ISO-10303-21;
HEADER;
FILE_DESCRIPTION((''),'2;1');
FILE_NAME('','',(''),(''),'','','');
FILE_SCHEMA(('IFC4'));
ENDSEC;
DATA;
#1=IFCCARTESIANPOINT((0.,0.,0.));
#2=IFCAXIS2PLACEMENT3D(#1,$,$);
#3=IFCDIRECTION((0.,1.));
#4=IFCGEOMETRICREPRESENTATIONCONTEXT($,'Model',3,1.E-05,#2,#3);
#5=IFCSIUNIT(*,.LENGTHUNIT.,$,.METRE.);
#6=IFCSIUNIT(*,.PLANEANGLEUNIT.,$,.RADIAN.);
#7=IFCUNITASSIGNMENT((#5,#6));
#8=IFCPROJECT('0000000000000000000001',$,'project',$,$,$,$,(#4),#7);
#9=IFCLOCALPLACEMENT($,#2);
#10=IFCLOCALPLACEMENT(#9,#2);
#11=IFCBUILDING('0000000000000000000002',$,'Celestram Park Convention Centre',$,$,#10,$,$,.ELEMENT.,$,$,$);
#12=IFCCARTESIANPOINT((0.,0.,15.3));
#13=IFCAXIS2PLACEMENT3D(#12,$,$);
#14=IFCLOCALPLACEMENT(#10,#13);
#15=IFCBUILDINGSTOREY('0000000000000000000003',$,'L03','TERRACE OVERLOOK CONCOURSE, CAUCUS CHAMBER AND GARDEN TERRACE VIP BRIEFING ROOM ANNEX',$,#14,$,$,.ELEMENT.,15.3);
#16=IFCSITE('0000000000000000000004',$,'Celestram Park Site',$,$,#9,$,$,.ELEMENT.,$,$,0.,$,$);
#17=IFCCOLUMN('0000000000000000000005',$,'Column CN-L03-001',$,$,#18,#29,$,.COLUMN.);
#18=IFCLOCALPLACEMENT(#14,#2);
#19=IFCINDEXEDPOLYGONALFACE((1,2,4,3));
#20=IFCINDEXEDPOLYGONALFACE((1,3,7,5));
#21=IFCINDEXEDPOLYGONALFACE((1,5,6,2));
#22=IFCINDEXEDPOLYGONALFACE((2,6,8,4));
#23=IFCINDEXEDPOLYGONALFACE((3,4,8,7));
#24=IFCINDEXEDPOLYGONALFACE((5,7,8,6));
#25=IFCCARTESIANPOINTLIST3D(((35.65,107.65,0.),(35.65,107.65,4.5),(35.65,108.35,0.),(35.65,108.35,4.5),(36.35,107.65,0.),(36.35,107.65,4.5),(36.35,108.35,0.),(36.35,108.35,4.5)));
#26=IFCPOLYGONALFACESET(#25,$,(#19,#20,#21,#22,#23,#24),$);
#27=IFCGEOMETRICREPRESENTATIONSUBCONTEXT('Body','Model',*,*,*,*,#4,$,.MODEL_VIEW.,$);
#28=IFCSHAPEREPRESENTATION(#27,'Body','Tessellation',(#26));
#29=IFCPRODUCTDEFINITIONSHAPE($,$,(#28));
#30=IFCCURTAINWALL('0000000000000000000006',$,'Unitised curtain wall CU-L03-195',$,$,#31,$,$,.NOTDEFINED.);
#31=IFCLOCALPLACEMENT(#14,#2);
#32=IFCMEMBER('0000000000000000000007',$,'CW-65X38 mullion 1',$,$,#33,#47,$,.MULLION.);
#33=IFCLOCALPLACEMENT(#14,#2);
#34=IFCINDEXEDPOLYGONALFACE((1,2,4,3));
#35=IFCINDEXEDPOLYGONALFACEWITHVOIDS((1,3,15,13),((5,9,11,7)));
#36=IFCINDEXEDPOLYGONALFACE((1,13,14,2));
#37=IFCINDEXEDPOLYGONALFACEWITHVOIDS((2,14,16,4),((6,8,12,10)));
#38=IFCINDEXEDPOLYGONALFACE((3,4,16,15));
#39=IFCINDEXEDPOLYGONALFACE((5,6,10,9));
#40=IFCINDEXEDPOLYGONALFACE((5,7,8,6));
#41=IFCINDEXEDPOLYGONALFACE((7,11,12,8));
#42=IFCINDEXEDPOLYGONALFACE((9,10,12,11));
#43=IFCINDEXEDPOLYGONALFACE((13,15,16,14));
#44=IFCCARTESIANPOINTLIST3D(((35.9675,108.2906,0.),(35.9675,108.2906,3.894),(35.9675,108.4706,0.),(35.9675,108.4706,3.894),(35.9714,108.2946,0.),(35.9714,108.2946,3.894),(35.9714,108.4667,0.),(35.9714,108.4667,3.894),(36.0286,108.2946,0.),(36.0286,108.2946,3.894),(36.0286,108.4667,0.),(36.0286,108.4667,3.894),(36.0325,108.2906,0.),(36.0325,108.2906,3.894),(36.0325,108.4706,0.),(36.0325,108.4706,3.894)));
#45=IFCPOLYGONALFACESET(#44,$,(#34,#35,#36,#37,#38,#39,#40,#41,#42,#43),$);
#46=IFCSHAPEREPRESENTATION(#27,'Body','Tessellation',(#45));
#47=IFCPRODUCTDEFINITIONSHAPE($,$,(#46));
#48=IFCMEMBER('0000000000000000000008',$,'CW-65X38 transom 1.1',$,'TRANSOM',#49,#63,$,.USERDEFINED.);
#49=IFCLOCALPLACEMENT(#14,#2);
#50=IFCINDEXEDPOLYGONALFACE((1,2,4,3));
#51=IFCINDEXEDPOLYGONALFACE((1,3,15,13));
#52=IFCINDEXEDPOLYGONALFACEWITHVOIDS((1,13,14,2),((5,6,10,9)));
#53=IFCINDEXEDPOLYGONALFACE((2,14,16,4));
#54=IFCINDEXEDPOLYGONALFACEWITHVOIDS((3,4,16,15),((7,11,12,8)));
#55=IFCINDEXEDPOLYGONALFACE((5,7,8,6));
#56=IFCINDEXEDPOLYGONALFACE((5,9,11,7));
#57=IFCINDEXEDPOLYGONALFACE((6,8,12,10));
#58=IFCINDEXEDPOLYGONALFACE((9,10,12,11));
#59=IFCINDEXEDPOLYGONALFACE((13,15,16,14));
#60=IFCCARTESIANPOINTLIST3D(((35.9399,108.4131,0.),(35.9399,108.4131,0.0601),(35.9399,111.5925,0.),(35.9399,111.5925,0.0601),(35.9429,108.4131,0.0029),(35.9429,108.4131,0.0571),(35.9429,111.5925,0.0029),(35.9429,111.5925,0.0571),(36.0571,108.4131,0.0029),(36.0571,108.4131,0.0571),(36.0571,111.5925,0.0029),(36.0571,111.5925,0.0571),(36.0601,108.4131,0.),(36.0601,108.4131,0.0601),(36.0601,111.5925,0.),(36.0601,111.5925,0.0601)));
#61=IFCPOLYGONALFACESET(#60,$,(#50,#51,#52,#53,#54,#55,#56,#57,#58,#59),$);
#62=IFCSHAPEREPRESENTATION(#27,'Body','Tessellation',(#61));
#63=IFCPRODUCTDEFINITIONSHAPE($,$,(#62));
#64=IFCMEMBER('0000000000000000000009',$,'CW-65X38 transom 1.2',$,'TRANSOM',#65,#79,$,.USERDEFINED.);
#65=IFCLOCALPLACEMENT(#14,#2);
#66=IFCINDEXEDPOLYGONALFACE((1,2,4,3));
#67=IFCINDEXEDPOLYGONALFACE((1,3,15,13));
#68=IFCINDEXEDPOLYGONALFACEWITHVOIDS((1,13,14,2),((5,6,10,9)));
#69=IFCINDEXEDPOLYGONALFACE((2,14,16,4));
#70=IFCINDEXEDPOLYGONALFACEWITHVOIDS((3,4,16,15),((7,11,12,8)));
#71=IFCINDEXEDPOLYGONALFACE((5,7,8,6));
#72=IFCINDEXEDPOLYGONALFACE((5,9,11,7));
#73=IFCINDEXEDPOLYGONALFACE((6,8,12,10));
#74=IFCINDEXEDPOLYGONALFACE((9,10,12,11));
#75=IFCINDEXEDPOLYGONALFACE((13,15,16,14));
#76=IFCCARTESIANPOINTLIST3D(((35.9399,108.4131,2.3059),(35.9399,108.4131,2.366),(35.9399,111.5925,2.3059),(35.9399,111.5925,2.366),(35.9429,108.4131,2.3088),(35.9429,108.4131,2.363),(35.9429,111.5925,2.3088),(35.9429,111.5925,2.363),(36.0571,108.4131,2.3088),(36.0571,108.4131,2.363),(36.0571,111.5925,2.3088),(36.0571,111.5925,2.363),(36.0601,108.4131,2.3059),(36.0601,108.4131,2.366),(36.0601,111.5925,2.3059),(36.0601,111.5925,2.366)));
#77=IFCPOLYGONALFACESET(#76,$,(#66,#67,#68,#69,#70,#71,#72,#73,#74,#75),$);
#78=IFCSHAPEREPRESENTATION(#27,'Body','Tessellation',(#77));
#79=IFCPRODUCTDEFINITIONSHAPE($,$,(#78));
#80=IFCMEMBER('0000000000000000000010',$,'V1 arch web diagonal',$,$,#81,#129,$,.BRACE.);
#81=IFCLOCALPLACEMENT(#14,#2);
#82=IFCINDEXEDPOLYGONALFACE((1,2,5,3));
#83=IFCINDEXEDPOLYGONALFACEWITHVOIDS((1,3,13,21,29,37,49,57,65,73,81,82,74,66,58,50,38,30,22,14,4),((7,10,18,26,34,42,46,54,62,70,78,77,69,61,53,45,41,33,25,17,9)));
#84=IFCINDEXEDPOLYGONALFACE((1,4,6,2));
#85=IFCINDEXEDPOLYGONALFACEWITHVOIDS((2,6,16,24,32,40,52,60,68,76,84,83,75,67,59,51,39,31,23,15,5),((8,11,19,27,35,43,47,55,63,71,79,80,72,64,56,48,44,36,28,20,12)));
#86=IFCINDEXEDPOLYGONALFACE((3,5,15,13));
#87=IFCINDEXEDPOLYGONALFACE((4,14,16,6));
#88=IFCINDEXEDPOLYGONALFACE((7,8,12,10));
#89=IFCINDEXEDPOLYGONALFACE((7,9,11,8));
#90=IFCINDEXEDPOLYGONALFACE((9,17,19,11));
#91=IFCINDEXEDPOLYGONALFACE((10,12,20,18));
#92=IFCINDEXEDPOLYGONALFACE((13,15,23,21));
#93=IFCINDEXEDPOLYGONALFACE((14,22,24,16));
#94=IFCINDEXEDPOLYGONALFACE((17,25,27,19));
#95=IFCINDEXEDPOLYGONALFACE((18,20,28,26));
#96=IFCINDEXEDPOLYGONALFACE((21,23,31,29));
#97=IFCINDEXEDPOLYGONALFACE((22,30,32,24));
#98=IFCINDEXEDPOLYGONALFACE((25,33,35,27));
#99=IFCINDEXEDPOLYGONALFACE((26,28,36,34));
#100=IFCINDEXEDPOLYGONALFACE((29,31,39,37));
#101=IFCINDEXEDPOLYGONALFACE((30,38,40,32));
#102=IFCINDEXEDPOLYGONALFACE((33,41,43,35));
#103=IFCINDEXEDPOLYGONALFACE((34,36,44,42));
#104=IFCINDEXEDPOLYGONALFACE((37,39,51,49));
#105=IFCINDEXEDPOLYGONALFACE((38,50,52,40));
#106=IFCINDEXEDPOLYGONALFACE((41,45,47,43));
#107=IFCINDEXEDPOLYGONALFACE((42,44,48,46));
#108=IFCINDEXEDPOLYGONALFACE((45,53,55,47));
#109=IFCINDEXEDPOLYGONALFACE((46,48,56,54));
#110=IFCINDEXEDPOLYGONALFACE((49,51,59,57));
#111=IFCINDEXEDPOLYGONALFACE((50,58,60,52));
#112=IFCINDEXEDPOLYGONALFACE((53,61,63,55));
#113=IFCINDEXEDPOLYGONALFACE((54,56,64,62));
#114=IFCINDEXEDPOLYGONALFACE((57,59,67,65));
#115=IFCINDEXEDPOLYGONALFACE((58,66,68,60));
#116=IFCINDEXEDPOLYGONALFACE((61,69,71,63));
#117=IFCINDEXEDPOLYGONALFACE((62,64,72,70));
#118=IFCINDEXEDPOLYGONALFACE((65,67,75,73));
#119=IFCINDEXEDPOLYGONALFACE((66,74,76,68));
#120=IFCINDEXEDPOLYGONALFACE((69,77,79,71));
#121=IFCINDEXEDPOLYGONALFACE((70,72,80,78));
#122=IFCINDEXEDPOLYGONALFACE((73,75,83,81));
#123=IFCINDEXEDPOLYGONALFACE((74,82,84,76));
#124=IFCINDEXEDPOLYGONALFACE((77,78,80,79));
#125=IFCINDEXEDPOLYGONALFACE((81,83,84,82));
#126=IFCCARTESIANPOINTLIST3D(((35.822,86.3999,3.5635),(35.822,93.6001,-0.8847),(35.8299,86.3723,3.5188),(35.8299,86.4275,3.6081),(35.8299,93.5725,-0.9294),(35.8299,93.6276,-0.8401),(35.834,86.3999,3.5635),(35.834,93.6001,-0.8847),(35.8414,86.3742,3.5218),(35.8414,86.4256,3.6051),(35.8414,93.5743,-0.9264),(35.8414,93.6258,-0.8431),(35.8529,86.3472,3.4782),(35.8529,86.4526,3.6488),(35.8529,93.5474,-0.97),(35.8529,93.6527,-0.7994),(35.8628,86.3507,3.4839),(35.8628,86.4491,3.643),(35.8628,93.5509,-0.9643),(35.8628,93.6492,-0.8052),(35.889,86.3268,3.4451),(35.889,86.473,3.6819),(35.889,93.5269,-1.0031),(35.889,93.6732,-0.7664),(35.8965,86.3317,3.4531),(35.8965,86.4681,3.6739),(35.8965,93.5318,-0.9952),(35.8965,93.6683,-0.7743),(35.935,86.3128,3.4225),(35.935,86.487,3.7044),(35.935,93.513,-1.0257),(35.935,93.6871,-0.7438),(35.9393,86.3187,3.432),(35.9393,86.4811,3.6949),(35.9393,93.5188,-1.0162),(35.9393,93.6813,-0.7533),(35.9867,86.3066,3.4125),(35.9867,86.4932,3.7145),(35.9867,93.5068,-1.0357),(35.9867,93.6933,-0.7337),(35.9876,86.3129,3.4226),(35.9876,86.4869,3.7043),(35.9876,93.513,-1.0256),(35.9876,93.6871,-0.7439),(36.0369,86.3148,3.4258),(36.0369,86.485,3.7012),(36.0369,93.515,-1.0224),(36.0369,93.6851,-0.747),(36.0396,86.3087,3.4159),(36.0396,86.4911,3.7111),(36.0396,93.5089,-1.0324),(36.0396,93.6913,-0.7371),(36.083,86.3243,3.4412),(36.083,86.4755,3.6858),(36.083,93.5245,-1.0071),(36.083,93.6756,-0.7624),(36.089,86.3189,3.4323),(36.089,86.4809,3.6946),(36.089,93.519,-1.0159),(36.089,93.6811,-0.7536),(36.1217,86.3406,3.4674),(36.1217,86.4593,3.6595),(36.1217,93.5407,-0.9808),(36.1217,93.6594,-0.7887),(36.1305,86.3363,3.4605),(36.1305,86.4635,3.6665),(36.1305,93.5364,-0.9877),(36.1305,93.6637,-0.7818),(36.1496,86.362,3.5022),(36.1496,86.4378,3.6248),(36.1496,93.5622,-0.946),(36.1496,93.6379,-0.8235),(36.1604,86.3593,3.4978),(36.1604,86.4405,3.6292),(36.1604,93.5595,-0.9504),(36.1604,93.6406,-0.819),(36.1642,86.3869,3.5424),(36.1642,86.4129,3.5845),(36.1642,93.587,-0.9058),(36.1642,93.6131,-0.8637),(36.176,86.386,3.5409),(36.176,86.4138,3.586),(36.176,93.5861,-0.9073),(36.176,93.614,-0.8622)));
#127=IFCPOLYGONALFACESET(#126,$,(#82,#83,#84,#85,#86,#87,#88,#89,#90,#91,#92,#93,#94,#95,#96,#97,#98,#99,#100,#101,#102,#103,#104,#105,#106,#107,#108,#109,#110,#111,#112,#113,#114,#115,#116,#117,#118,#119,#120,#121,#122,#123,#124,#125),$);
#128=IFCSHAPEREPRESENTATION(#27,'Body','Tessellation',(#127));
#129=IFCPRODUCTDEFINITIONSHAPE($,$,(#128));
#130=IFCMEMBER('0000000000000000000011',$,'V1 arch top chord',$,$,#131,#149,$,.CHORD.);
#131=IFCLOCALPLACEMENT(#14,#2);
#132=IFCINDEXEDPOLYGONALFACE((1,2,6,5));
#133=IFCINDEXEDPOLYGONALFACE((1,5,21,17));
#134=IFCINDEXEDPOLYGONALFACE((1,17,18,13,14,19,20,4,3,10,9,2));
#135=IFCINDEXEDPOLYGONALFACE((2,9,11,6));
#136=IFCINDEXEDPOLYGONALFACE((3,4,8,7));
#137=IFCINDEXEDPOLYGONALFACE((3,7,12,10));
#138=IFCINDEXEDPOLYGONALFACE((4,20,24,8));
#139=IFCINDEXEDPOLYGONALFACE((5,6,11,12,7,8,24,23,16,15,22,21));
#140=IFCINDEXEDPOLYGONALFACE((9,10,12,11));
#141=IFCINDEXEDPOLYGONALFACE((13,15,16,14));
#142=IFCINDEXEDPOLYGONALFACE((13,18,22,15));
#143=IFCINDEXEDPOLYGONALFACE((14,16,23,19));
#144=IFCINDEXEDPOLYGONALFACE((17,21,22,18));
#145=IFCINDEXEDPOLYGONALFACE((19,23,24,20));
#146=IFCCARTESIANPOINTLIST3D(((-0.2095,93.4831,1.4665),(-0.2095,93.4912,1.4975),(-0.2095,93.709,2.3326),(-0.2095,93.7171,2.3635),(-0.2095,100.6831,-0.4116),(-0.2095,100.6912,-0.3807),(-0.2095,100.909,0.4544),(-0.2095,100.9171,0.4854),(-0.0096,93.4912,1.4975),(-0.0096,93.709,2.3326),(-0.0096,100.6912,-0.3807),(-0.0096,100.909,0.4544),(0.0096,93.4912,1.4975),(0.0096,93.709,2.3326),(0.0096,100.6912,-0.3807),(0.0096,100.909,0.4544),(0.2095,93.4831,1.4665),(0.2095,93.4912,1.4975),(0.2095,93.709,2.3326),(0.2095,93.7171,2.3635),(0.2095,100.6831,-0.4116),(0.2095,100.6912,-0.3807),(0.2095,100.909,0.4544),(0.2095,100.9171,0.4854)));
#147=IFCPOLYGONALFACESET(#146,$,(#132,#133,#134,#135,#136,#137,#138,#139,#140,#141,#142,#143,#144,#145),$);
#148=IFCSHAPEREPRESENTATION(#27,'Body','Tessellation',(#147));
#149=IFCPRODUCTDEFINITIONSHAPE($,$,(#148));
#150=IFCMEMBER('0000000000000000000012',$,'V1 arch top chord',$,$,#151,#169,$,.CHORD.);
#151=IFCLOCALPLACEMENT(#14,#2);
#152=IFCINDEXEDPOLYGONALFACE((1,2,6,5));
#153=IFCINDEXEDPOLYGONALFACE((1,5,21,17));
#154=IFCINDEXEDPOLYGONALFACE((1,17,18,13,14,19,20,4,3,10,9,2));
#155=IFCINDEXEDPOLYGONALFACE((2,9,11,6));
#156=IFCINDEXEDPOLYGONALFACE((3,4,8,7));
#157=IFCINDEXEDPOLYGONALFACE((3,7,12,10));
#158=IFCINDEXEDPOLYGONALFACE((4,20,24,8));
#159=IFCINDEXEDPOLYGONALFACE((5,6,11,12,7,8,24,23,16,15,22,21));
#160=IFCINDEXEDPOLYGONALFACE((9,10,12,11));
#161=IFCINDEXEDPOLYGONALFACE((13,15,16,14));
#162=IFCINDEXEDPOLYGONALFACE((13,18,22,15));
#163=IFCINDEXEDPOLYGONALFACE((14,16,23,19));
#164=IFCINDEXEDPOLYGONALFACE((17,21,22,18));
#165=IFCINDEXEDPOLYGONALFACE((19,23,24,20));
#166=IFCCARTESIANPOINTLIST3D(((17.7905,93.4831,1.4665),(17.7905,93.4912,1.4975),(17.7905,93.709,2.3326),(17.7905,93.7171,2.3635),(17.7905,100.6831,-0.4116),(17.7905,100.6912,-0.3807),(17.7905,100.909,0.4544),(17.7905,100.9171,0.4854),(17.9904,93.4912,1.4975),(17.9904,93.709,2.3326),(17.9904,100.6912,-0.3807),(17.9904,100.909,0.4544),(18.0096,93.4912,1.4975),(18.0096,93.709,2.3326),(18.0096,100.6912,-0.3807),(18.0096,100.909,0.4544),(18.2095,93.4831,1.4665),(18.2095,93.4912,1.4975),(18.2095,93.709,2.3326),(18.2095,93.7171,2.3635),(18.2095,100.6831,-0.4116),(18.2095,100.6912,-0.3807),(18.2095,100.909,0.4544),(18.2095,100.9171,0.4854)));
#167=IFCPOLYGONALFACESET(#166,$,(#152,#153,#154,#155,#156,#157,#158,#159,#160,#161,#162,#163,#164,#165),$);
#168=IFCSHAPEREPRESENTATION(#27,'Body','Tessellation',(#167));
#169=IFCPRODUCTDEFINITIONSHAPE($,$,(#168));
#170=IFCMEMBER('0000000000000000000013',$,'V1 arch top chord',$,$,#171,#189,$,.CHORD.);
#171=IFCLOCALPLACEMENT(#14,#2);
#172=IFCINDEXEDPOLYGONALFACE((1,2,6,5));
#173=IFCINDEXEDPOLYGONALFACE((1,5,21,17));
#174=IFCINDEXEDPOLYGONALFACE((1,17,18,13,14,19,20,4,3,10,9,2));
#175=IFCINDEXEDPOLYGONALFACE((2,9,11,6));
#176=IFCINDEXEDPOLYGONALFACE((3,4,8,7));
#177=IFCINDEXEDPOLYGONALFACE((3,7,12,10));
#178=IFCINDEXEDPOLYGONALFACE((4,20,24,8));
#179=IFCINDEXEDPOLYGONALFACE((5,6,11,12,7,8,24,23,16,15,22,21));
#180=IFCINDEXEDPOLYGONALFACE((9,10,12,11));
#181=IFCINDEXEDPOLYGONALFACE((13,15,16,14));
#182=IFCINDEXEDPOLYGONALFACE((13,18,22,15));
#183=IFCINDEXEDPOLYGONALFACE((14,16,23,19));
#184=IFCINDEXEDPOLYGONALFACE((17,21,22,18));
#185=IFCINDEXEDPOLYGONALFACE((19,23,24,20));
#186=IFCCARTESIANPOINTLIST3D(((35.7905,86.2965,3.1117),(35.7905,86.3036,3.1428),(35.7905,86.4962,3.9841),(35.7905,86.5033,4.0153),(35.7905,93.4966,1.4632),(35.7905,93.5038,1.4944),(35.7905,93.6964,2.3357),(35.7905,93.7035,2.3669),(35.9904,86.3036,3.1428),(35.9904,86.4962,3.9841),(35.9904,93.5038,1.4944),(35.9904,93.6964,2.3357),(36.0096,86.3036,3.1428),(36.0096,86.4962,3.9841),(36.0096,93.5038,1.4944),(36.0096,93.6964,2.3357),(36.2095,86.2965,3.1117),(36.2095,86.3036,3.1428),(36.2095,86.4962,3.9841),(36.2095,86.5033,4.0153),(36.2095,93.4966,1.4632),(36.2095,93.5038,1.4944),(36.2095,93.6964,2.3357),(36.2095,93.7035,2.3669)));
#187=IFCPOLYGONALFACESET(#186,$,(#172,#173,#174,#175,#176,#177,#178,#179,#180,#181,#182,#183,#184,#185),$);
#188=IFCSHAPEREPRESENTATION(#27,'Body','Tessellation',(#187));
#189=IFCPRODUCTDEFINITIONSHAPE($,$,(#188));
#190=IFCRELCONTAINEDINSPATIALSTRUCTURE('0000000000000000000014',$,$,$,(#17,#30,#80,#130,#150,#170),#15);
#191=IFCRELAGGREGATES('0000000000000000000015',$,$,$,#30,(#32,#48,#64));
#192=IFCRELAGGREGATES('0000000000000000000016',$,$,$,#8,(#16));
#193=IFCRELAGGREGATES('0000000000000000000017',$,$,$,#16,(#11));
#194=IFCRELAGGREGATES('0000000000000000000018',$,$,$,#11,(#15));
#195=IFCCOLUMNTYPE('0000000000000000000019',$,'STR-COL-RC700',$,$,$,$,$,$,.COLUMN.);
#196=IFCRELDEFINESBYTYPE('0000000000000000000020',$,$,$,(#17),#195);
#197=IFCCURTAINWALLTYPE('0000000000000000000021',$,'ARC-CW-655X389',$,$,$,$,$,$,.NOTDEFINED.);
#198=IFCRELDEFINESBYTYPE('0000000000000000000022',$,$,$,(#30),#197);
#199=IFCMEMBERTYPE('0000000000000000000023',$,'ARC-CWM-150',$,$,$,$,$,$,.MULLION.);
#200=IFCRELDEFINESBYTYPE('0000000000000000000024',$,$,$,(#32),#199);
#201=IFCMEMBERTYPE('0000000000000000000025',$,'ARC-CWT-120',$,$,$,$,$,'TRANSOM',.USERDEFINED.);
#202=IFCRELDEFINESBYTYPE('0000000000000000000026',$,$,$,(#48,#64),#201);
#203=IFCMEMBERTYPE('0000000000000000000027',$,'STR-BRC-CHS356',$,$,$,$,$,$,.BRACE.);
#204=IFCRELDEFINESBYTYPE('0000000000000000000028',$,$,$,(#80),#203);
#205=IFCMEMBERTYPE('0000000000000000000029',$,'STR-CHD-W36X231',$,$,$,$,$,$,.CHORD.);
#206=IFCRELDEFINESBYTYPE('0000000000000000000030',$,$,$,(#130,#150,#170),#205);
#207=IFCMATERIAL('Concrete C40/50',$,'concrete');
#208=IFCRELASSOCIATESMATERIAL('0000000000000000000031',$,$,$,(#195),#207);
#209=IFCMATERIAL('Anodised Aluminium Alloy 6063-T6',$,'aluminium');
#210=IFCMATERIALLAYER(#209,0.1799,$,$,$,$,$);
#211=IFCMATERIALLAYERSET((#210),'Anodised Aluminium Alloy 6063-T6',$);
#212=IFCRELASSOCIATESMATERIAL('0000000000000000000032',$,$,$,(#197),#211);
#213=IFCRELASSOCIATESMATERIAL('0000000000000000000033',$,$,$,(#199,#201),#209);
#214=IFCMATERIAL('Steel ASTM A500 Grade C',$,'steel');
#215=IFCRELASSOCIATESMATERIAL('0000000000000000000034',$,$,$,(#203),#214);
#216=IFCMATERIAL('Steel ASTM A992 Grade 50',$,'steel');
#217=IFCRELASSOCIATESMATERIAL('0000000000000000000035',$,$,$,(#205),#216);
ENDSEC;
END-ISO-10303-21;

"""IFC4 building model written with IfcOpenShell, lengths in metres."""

from ifc_helpers import new_model, si_unit, direction, frame, origin, origin_2d, place, context, subcontext, project, spatial, rectangle, hollow_rectangle, hollow_circle, i_section, extrude, material, layer, layer_set, material_profile, profile_set, type_object, element, aggregate, save


model = new_model("IFC4")

# Units and contexts
model_context = context("Model", 3, precision=1e-05, world=origin(), true_north=direction((0.0, 1.0)))
body_context = subcontext(model_context, "Body", "Model", "MODEL_VIEW")
ifc_project = project(units=[si_unit("LENGTHUNIT", "METRE"), si_unit("PLANEANGLEUNIT", "RADIAN")], contexts=[model_context])

# Site, building, storey
site_placement = place(None, origin())
site = spatial("IfcSite", under=ifc_project, at=site_placement, Name="Celestram Park Site", CompositionType="ELEMENT", RefElevation=0.0)
building_placement = place(site_placement, origin())
building = spatial("IfcBuilding", under=site, at=building_placement, Name="Celestram Park Convention Centre", CompositionType="ELEMENT")
storey_placement = place(building_placement, frame((0.0, 0.0, 15.3)))
storey = spatial("IfcBuildingStorey", under=building, at=storey_placement, Name="L03", Description="TERRACE OVERLOOK CONCOURSE, CAUCUS CHAMBER AND GARDEN TERRACE VIP BRIEFING ROOM ANNEX", CompositionType="ELEMENT", Elevation=15.3)

# Column
ifc_material_1 = material(Name="Concrete C40/50", Category="concrete")
ifc_material_profile_1 = material_profile(ifc_material_1, rectangle(XDim=0.7, YDim=0.7, at=origin_2d()), Name="RC700X700")
ifc_profile_set_1 = profile_set([ifc_material_profile_1], Name="Concrete C40/50")
column_type = type_object("IfcColumnType", Name="STR-COL-RC700", PredefinedType="COLUMN", material=ifc_profile_set_1)
column_placement = place(storey_placement, frame((36.0, 108.0, 0.0), z_axis=(0.0, 0.0, 1.0), x_axis=(1.0, 0.0, 0.0)))
element("IfcColumn", 1, at=column_placement, inside=storey, type_object=column_type, Name="Column CN-L03-001", PredefinedType="COLUMN", context=body_context, shape_type="SweptSolid", body=[
    extrude(rectangle(XDim=0.7, YDim=0.7, at=origin_2d()), origin(), (0.0, 0.0, 1.0), 4.5),
])

# Curtain wall, members
ifc_material_2 = material(Name="Anodised Aluminium Alloy 6063-T6", Category="aluminium")
ifc_layer_1 = layer(ifc_material_2, 0.1799)
ifc_layer_set_1 = layer_set([ifc_layer_1], Name="Anodised Aluminium Alloy 6063-T6")
curtain_wall_type = type_object("IfcCurtainWallType", Name="ARC-CW-655X389", PredefinedType="NOTDEFINED", material=ifc_layer_set_1)
curtain_wall_placement = place(storey_placement, origin())
curtain_wall = element("IfcCurtainWall", 2, at=curtain_wall_placement, inside=storey, type_object=curtain_wall_type, Name="Unitised curtain wall CU-L03-195", PredefinedType="NOTDEFINED")
ifc_material_profile_2 = material_profile(ifc_material_2, hollow_rectangle(XDim=0.0649, YDim=0.1799, WallThickness=0.0039, at=origin_2d()), Name="ALU65X180X4")
ifc_profile_set_2 = profile_set([ifc_material_profile_2], Name="Anodised Aluminium Alloy 6063-T6")
member_type_1 = type_object("IfcMemberType", Name="ARC-CWM-150", PredefinedType="MULLION", material=ifc_profile_set_2)
member_1_placement = place(storey_placement, frame((36.0, 108.3806, 0.0), z_axis=(0.0, 0.0, 1.0), x_axis=(-1.0, 0.0, 0.0)))
member_1 = element("IfcMember", 3, at=member_1_placement, type_object=member_type_1, Name="CW-65X38 mullion 1", PredefinedType="MULLION", context=body_context, shape_type="SweptSolid", body=[
    extrude(hollow_rectangle(XDim=0.0649, YDim=0.1799, WallThickness=0.0039, at=origin_2d()), origin(), (0.0, 0.0, 1.0), 3.894),
])
ifc_material_profile_3 = material_profile(ifc_material_2, hollow_rectangle(XDim=0.1201, YDim=0.0601, WallThickness=0.0029, at=origin_2d()), Name="ALU120X60X3")
ifc_profile_set_3 = profile_set([ifc_material_profile_3], Name="Anodised Aluminium Alloy 6063-T6")
member_type_2 = type_object("IfcMemberType", Name="ARC-CWT-120", ElementType="TRANSOM", PredefinedType="USERDEFINED", material=ifc_profile_set_3)
member_2_placement = place(storey_placement, frame((36.0, 108.4131, 0.03), z_axis=(0.0, 1.0, 0.0), x_axis=(-1.0, 0.0, 0.0)))
member_2 = element("IfcMember", 4, at=member_2_placement, type_object=member_type_2, Name="CW-65X38 transom 1.1", ObjectType="TRANSOM", PredefinedType="USERDEFINED", context=body_context, shape_type="SweptSolid", body=[
    extrude(hollow_rectangle(XDim=0.1201, YDim=0.0601, WallThickness=0.0029, at=origin_2d()), origin(), (0.0, 0.0, 1.0), 3.1794),
])
member_3_placement = place(storey_placement, frame((36.0, 108.4131, 2.3359), z_axis=(0.0, 1.0, 0.0), x_axis=(-1.0, 0.0, 0.0)))
member_3 = element("IfcMember", 5, at=member_3_placement, type_object=member_type_2, Name="CW-65X38 transom 1.2", ObjectType="TRANSOM", PredefinedType="USERDEFINED", context=body_context, shape_type="SweptSolid", body=[
    extrude(hollow_rectangle(XDim=0.1201, YDim=0.0601, WallThickness=0.0029, at=origin_2d()), origin(), (0.0, 0.0, 1.0), 3.1794),
])
aggregate(curtain_wall, [member_1, member_2, member_3])

# Members
ifc_material_3 = material(Name="Steel ASTM A500 Grade C", Category="steel")
ifc_material_profile_4 = material_profile(ifc_material_3, hollow_circle(Radius=0.178, WallThickness=0.012, at=origin_2d()), Name="CHS356X12")
ifc_profile_set_4 = profile_set([ifc_material_profile_4], Name="Steel ASTM A500 Grade C")
member_type_3 = type_object("IfcMemberType", Name="STR-BRC-CHS356", PredefinedType="BRACE", material=ifc_profile_set_4)
member_4_placement = place(storey_placement, frame((36.0, 86.3999, 3.5635), z_axis=(0.0, 0.850742, -0.525584), x_axis=(-1.0, 0.0, 0.0)))
element("IfcMember", 6, at=member_4_placement, inside=storey, type_object=member_type_3, Name="V1 arch web diagonal", PredefinedType="BRACE", context=body_context, shape_type="SweptSolid", body=[
    extrude(hollow_circle(Radius=0.178, WallThickness=0.012, at=origin_2d()), origin(), (0.0, 0.0, 1.0), 8.4634),
])
ifc_material_4 = material(Name="Steel ASTM A992 Grade 50", Category="steel")
ifc_material_profile_5 = material_profile(ifc_material_4, i_section(OverallWidth=0.4189, OverallDepth=0.927, WebThickness=0.0193, FlangeThickness=0.032, at=origin_2d()), Name="W36X231")
ifc_profile_set_5 = profile_set([ifc_material_profile_5], Name="Steel ASTM A992 Grade 50")
member_type_4 = type_object("IfcMemberType", Name="STR-CHD-W36X231", PredefinedType="CHORD", material=ifc_profile_set_5)
for number, where, z_axis, x_axis, name in (
    (7, (0.0, 93.6001, 1.915), (0.0, 0.96762, -0.252413), (-1.0, 0.0, 0.0), "V1 arch top chord"),
    (8, (18.0, 93.6001, 1.915), (0.0, 0.96762, -0.252413), (-1.0, 0.0, 0.0), "V1 arch top chord"),
):
    element("IfcMember", number, at=place(storey_placement, frame(where, z_axis=z_axis, x_axis=x_axis)), inside=storey, type_object=member_type_4, Name=name, PredefinedType="CHORD", context=body_context, shape_type="SweptSolid", body=[
        extrude(i_section(OverallWidth=0.4189, OverallDepth=0.927, WebThickness=0.0193, FlangeThickness=0.032, at=origin_2d()), origin(), (0.0, 0.0, 1.0), 7.4409),
    ])
member_5_placement = place(storey_placement, frame((36.0, 86.3999, 3.5635), z_axis=(0.0, 0.97478, -0.223169), x_axis=(-1.0, 0.0, 0.0)))
element("IfcMember", 9, at=member_5_placement, inside=storey, type_object=member_type_4, Name="V1 arch top chord", PredefinedType="CHORD", context=body_context, shape_type="SweptSolid", body=[
    extrude(i_section(OverallWidth=0.4189, OverallDepth=0.927, WebThickness=0.0193, FlangeThickness=0.032, at=origin_2d()), origin(), (0.0, 0.0, 1.0), 7.3865),
])

save(model, "model.ifc")
